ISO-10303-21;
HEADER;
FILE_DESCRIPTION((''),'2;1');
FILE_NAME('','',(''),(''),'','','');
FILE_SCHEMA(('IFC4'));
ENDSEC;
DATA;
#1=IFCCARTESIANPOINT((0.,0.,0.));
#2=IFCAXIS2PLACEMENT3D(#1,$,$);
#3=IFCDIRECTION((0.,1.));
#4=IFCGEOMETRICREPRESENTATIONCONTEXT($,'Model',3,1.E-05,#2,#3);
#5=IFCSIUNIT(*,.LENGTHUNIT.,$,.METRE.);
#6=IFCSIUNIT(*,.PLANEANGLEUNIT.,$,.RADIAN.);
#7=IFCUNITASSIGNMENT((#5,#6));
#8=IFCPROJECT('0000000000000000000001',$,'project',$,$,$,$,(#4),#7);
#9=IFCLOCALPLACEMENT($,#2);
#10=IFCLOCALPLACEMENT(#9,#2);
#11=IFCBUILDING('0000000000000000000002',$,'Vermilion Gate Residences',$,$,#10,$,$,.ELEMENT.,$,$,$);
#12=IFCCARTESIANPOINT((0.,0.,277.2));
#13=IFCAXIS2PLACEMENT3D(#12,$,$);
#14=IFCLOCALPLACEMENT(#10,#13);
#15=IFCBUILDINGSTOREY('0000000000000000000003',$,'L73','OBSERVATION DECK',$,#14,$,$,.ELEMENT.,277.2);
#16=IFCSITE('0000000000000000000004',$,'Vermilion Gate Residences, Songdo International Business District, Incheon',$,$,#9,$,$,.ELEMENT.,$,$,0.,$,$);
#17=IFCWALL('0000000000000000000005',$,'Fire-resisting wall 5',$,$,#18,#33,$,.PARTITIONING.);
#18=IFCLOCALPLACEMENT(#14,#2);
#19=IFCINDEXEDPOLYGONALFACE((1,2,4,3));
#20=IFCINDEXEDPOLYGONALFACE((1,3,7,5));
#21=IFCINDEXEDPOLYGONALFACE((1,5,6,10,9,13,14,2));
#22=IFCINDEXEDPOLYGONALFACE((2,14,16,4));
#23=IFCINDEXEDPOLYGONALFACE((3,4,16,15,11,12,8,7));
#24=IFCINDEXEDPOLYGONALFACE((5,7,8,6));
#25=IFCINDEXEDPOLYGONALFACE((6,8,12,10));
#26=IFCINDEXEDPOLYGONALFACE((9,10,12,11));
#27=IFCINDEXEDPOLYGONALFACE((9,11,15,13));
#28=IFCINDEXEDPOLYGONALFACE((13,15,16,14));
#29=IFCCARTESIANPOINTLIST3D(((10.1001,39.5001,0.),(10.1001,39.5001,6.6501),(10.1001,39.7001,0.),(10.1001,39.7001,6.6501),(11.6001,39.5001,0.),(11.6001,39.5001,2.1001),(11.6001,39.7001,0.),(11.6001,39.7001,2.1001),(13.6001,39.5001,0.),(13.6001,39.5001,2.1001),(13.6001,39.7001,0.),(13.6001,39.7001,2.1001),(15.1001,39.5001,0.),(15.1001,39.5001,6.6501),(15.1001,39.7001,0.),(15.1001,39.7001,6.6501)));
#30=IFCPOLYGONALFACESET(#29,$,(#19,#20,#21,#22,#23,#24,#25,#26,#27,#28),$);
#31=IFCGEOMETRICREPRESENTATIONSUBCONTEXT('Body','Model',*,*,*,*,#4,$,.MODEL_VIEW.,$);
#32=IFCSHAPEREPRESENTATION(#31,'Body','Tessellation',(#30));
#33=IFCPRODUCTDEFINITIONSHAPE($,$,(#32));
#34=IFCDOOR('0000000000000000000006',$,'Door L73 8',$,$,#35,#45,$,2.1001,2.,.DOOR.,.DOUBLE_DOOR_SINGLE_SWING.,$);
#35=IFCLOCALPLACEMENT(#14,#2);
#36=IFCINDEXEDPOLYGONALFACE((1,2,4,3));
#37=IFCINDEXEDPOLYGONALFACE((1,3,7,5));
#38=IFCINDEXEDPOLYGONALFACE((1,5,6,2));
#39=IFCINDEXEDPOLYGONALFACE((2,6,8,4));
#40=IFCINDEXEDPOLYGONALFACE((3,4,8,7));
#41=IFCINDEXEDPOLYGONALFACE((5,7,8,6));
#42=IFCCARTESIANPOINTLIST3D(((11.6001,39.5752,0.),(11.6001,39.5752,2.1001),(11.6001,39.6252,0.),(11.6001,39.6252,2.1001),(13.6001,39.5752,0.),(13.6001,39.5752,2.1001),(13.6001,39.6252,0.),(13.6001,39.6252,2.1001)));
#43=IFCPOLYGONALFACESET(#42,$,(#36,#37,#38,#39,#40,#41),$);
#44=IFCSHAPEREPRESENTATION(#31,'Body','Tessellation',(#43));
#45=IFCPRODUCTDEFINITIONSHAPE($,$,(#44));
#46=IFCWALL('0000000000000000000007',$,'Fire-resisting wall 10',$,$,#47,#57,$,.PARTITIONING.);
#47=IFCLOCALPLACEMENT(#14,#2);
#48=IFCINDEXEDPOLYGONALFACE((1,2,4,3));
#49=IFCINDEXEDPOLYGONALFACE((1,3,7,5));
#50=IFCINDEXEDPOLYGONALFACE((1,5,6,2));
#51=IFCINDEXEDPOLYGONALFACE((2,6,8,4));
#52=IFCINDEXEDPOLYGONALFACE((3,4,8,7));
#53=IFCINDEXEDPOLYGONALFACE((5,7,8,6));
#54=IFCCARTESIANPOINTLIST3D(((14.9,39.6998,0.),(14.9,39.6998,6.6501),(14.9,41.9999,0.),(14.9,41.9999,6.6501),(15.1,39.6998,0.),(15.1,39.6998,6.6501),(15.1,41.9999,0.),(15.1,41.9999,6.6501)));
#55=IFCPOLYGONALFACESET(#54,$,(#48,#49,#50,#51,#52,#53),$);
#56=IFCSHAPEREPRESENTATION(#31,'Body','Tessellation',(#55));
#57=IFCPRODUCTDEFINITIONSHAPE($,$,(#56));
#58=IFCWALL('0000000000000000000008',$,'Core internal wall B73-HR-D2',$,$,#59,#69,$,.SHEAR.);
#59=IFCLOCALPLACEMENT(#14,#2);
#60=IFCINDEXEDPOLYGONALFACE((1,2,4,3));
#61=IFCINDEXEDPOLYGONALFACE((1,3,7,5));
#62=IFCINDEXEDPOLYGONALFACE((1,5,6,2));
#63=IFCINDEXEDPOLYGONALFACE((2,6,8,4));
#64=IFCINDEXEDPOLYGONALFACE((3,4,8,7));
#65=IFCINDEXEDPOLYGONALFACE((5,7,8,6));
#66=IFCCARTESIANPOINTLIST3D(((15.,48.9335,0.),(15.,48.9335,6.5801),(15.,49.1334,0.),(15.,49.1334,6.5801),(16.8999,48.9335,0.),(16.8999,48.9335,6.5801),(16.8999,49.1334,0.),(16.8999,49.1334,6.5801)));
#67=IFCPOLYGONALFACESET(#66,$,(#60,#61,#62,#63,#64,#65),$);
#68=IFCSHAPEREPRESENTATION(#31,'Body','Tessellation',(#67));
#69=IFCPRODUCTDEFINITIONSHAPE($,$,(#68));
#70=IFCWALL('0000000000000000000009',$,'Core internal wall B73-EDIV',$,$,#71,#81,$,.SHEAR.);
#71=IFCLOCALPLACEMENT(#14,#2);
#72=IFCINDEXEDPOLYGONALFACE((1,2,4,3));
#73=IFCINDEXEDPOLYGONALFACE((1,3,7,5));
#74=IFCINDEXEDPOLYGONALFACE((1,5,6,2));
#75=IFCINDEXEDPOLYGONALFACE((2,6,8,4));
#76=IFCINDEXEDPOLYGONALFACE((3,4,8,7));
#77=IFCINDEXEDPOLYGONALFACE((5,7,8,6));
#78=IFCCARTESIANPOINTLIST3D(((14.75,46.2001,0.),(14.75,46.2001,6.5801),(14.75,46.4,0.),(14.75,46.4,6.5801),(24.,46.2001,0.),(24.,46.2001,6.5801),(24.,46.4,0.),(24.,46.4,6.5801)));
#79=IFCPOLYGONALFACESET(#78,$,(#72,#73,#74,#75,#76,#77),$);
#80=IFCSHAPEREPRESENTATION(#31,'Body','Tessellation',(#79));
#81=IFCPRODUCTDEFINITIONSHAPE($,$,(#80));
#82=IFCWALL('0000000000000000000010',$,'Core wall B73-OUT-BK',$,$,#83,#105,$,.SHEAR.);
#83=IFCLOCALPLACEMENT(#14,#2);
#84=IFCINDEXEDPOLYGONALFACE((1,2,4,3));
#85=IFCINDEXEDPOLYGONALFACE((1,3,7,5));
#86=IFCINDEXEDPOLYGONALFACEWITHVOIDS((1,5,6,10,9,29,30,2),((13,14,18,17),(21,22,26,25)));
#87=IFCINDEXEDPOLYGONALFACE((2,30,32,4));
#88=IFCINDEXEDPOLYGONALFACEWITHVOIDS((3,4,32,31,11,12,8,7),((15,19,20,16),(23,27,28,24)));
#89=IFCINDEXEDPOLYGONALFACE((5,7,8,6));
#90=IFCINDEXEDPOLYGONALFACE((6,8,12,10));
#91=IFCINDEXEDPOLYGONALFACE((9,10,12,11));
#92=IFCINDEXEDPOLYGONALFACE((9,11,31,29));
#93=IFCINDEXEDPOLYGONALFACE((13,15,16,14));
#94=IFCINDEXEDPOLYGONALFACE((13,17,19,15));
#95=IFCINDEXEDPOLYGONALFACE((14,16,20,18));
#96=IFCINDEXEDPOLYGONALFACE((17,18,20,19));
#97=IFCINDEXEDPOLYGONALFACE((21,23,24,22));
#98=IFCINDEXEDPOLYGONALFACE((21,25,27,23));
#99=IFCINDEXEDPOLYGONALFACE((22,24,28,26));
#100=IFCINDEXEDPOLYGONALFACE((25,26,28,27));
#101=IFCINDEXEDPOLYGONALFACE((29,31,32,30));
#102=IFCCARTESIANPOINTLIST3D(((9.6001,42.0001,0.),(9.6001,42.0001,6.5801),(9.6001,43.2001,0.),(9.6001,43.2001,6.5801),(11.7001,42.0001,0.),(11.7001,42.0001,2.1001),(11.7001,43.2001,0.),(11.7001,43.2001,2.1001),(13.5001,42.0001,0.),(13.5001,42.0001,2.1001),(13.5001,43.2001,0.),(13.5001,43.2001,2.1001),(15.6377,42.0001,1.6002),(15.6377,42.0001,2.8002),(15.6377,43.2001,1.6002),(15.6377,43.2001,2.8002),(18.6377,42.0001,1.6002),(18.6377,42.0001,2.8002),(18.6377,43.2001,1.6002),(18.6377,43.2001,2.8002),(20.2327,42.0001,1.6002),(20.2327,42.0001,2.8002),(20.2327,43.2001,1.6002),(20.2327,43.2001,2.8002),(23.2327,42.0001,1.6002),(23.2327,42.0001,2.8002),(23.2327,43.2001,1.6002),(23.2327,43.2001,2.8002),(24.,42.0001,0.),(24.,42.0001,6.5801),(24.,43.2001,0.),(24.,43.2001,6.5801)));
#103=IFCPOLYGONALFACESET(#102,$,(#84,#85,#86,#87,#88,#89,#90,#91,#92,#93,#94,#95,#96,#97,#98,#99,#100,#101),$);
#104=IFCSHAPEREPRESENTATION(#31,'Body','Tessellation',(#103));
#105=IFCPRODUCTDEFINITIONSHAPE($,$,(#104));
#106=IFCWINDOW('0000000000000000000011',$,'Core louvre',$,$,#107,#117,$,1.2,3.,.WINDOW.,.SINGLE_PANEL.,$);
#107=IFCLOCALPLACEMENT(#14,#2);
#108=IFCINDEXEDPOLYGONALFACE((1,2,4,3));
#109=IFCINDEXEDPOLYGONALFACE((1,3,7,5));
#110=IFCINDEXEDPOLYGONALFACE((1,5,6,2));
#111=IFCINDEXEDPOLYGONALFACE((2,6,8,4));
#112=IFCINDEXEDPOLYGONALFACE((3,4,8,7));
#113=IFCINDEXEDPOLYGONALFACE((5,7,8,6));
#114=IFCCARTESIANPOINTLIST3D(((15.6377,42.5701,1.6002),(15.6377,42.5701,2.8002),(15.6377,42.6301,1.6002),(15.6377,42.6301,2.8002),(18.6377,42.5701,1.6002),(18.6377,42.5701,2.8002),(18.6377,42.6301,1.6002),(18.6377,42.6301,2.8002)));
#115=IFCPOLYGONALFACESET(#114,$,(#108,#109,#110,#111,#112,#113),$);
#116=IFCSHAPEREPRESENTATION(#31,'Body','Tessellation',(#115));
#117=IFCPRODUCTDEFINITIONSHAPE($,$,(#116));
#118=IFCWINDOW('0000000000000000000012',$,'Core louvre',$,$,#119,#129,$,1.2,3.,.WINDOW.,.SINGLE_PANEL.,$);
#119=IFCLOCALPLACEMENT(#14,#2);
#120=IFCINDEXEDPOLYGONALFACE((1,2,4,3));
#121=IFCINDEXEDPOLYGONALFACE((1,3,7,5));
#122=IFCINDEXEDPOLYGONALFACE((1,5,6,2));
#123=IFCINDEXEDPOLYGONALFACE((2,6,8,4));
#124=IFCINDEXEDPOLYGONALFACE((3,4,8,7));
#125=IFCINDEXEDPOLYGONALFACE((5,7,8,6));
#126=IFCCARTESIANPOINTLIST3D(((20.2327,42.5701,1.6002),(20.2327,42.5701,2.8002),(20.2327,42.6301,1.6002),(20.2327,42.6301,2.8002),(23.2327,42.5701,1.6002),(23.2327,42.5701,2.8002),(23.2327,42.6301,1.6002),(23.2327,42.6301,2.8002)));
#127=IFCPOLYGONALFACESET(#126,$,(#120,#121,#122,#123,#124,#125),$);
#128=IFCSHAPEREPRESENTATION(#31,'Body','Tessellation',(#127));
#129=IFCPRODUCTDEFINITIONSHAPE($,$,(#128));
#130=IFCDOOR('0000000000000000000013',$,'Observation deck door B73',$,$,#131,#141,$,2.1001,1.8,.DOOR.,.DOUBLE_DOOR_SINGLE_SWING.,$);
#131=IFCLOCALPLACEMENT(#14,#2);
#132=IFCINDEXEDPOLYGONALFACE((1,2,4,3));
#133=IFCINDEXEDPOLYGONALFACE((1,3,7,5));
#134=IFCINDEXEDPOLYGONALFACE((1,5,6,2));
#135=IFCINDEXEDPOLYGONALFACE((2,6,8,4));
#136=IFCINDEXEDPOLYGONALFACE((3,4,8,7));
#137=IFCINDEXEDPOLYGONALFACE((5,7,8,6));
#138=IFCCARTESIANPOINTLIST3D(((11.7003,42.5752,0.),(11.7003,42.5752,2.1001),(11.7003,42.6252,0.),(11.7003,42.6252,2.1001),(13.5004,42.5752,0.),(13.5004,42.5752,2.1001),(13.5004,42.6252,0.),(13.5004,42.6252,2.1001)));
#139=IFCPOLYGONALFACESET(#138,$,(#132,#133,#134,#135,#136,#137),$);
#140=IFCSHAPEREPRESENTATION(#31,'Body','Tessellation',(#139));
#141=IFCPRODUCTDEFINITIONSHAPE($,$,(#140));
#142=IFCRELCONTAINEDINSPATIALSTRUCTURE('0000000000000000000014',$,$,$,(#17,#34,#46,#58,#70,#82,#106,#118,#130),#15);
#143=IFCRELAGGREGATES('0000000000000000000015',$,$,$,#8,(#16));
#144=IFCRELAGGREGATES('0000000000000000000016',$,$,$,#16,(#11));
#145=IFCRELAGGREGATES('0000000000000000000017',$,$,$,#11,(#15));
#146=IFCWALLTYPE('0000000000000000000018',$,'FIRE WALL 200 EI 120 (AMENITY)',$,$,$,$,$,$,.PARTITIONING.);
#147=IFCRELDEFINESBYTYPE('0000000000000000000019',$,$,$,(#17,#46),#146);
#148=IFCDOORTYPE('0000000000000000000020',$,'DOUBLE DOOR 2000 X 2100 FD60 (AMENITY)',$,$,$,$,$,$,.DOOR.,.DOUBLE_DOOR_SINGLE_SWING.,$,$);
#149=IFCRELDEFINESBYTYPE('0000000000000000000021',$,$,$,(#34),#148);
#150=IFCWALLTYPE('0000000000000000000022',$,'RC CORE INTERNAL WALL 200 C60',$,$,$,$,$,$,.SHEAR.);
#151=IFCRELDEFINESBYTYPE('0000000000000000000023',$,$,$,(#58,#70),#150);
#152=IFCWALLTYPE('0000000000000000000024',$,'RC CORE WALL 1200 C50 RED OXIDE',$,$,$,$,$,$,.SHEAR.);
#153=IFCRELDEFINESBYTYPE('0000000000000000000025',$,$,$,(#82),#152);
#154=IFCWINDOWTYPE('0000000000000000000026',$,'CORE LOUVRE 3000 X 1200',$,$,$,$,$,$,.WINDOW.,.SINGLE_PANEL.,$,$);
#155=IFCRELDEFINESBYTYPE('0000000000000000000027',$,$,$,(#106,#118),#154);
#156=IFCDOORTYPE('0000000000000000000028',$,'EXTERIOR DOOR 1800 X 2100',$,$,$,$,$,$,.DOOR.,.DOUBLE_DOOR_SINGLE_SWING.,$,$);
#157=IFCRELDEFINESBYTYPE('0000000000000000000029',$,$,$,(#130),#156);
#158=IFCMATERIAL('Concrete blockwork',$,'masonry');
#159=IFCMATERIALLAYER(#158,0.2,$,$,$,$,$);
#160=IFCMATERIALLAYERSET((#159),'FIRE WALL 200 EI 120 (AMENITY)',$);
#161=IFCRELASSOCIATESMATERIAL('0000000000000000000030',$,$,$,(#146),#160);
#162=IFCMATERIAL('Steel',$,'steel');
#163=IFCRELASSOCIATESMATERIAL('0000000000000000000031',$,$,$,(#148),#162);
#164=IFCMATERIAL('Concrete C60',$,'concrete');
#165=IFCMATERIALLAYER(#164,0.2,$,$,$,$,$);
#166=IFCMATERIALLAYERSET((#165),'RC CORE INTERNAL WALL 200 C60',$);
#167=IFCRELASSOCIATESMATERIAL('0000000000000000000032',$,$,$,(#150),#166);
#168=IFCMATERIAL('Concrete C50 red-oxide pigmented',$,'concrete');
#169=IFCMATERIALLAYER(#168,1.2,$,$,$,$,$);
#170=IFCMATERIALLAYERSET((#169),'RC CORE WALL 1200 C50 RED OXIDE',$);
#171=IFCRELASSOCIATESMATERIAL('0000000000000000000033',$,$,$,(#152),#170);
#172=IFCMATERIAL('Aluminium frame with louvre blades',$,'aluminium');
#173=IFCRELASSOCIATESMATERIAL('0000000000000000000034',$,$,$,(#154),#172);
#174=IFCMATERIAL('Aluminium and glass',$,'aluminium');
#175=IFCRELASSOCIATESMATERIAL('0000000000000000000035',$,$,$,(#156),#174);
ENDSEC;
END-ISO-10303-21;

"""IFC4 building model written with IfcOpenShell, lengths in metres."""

from ifc_helpers import new_model, si_unit, direction, frame, frame_2d, origin, place, context, subcontext, project, spatial, rectangle, extrude, material, layer, layer_set, type_object, element, fill, save


model = new_model("IFC4")

# Units and contexts
model_context = context("Model", 3, precision=1e-05, world=origin(), true_north=direction((0.0, 1.0)))
body_context = subcontext(model_context, "Body", "Model", "MODEL_VIEW")
ifc_project = project(units=[si_unit("LENGTHUNIT", "METRE"), si_unit("PLANEANGLEUNIT", "RADIAN")], contexts=[model_context])

# Site, building, storey
site_placement = place(None, origin())
site = spatial("IfcSite", under=ifc_project, at=site_placement, Name="Vermilion Gate Residences, Songdo International Business District, Incheon", CompositionType="ELEMENT", RefElevation=0.0)
building_placement = place(site_placement, origin())
building = spatial("IfcBuilding", under=site, at=building_placement, Name="Vermilion Gate Residences", CompositionType="ELEMENT")
storey_placement = place(building_placement, frame((0.0, 0.0, 277.2)))
storey = spatial("IfcBuildingStorey", under=building, at=storey_placement, Name="L73", Description="OBSERVATION DECK", CompositionType="ELEMENT", Elevation=277.2)

# Shared definitions
ifc_material_1 = material(Name="Concrete blockwork", Category="masonry")
ifc_layer_1 = layer(ifc_material_1, 0.2)
ifc_layer_set_1 = layer_set([ifc_layer_1], Name="FIRE WALL 200 EI 120 (AMENITY)")
wall_type_1 = type_object("IfcWallType", Name="FIRE WALL 200 EI 120 (AMENITY)", PredefinedType="PARTITIONING", material=ifc_layer_set_1)

# Wall, opening, door
wall_1_placement = place(storey_placement, frame((10.1001, 39.6001, 0.0), z_axis=(0.0, 0.0, 1.0), x_axis=(1.0, 0.0, 0.0)))
wall_1 = element("IfcWall", 1, at=wall_1_placement, inside=storey, type_object=wall_type_1, Name="Fire-resisting wall 5", PredefinedType="PARTITIONING", context=body_context, shape_type="SweptSolid", body=[
    extrude(rectangle(XDim=5.0, YDim=0.2, at=frame_2d((2.5, 0.0))), origin(), (0.0, 0.0, 1.0), 6.6501),
])
opening_1_placement = place(wall_1_placement, frame((1.5, 0.0, 0.0)))
opening_1 = element("IfcOpeningElement", 2, at=opening_1_placement, cuts=wall_1, PredefinedType="OPENING", context=body_context, shape_type="SweptSolid", body=[
    extrude(rectangle(XDim=2.0, YDim=2.1001, at=frame_2d((1.0, 1.05))), frame((0.0, 0.1099, 0.0), z_axis=(0.0, -1.0, 0.0), x_axis=(1.0, 0.0, 0.0)), (0.0, 0.0, 1.0), 0.22),
])
ifc_material_2 = material(Name="Steel", Category="steel")
door_type_1 = type_object("IfcDoorType", Name="DOUBLE DOOR 2000 X 2100 FD60 (AMENITY)", OperationType="DOUBLE_DOOR_SINGLE_SWING", PredefinedType="DOOR", material=ifc_material_2)
door_1_placement = place(opening_1_placement, frame((2.0, 0.0, 0.0), z_axis=(0.0, 0.0, 1.0), x_axis=(-1.0, 0.0, 0.0)))
door_1 = element("IfcDoor", 3, at=door_1_placement, inside=storey, type_object=door_type_1, Name="Door L73 8", OperationType="DOUBLE_DOOR_SINGLE_SWING", OverallHeight=2.1001, OverallWidth=2.0, PredefinedType="DOOR", context=body_context, shape_type="SweptSolid", body=[
    extrude(rectangle(XDim=2.0, YDim=2.1001, at=frame_2d((1.0, 1.05))), frame((0.0, 0.0249, 0.0), z_axis=(0.0, -1.0, 0.0), x_axis=(1.0, 0.0, 0.0)), (0.0, 0.0, 1.0), 0.05),
])
fill(opening_1, door_1)

# Walls
wall_2_placement = place(storey_placement, frame((15.0, 39.7, 0.0), z_axis=(0.0, 0.0, 1.0), x_axis=(0.0, 1.0, 0.0)))
element("IfcWall", 4, at=wall_2_placement, inside=storey, type_object=wall_type_1, Name="Fire-resisting wall 10", PredefinedType="PARTITIONING", context=body_context, shape_type="SweptSolid", body=[
    extrude(rectangle(XDim=2.3, YDim=0.2, at=frame_2d((1.1499, 0.0))), origin(), (0.0, 0.0, 1.0), 6.6501),
])
ifc_material_3 = material(Name="Concrete C60", Category="concrete")
ifc_layer_2 = layer(ifc_material_3, 0.2)
ifc_layer_set_2 = layer_set([ifc_layer_2], Name="RC CORE INTERNAL WALL 200 C60")
wall_type_2 = type_object("IfcWallType", Name="RC CORE INTERNAL WALL 200 C60", PredefinedType="SHEAR", material=ifc_layer_set_2)
wall_3_placement = place(storey_placement, frame((15.0, 49.0334, 0.0), z_axis=(0.0, 0.0, 1.0), x_axis=(1.0, 0.0, 0.0)))
element("IfcWall", 5, at=wall_3_placement, inside=storey, type_object=wall_type_2, Name="Core internal wall B73-HR-D2", PredefinedType="SHEAR", context=body_context, shape_type="SweptSolid", body=[
    extrude(rectangle(XDim=1.8999, YDim=0.2, at=frame_2d((0.95, 0.0))), origin(), (0.0, 0.0, 1.0), 6.5801),
])
wall_4_placement = place(storey_placement, frame((14.75, 46.3, 0.0), z_axis=(0.0, 0.0, 1.0), x_axis=(1.0, 0.0, 0.0)))
element("IfcWall", 6, at=wall_4_placement, inside=storey, type_object=wall_type_2, Name="Core internal wall B73-EDIV", PredefinedType="SHEAR", context=body_context, shape_type="SweptSolid", body=[
    extrude(rectangle(XDim=9.25, YDim=0.2, at=frame_2d((4.625, 0.0))), origin(), (0.0, 0.0, 1.0), 6.5801),
])

# Wall, openings, windows, door
ifc_material_4 = material(Name="Concrete C50 red-oxide pigmented", Category="concrete")
ifc_layer_3 = layer(ifc_material_4, 1.2)
ifc_layer_set_3 = layer_set([ifc_layer_3], Name="RC CORE WALL 1200 C50 RED OXIDE")
wall_type_3 = type_object("IfcWallType", Name="RC CORE WALL 1200 C50 RED OXIDE", PredefinedType="SHEAR", material=ifc_layer_set_3)
wall_5_placement = place(storey_placement, frame((9.6001, 42.6001, 0.0), z_axis=(0.0, 0.0, 1.0), x_axis=(1.0, 0.0, 0.0)))
wall_5 = element("IfcWall", 7, at=wall_5_placement, inside=storey, type_object=wall_type_3, Name="Core wall B73-OUT-BK", PredefinedType="SHEAR", context=body_context, shape_type="SweptSolid", body=[
    extrude(rectangle(XDim=14.3999, YDim=1.2, at=frame_2d((7.2, 0.0))), origin(), (0.0, 0.0, 1.0), 6.5801),
])
opening_2_placement = place(wall_5_placement, frame((2.1001, 0.0, 0.0)))
opening_2 = element("IfcOpeningElement", 8, at=opening_2_placement, cuts=wall_5, PredefinedType="OPENING", context=body_context, shape_type="SweptSolid", body=[
    extrude(rectangle(XDim=1.8, YDim=2.1001, at=frame_2d((0.8999, 1.05))), frame((0.0, 0.6099, 0.0), z_axis=(0.0, -1.0, 0.0), x_axis=(1.0, 0.0, 0.0)), (0.0, 0.0, 1.0), 1.22),
])
opening_3_placement = place(wall_5_placement, frame((6.0376, 0.0, 1.6001)))
opening_3 = element("IfcOpeningElement", 9, at=opening_3_placement, cuts=wall_5, PredefinedType="OPENING", context=body_context, shape_type="SweptSolid", body=[
    extrude(rectangle(XDim=3.0, YDim=1.2, at=frame_2d((1.5, 0.6001))), frame((0.0, 0.6099, 0.0), z_axis=(0.0, -1.0, 0.0), x_axis=(1.0, 0.0, 0.0)), (0.0, 0.0, 1.0), 1.22),
])
opening_4_placement = place(wall_5_placement, frame((10.6326, 0.0, 1.6001)))
opening_4 = element("IfcOpeningElement", 10, at=opening_4_placement, cuts=wall_5, PredefinedType="OPENING", context=body_context, shape_type="SweptSolid", body=[
    extrude(rectangle(XDim=3.0, YDim=1.2, at=frame_2d((1.5, 0.6001))), frame((0.0, 0.6099, 0.0), z_axis=(0.0, -1.0, 0.0), x_axis=(1.0, 0.0, 0.0)), (0.0, 0.0, 1.0), 1.22),
])
ifc_material_5 = material(Name="Aluminium frame with louvre blades", Category="aluminium")
window_type = type_object("IfcWindowType", Name="CORE LOUVRE 3000 X 1200", PartitioningType="SINGLE_PANEL", PredefinedType="WINDOW", material=ifc_material_5)
window_1_placement = place(opening_3_placement, origin())
window_1 = element("IfcWindow", 11, at=window_1_placement, inside=storey, type_object=window_type, Name="Core louvre", OverallHeight=1.2, OverallWidth=3.0, PartitioningType="SINGLE_PANEL", PredefinedType="WINDOW", context=body_context, shape_type="SweptSolid", body=[
    extrude(rectangle(XDim=3.0, YDim=1.2, at=frame_2d((1.5, 0.6001))), frame((0.0, 0.03, 0.0), z_axis=(0.0, -1.0, 0.0), x_axis=(1.0, 0.0, 0.0)), (0.0, 0.0, 1.0), 0.0601),
])
fill(opening_3, window_1)
window_2_placement = place(opening_4_placement, origin())
window_2 = element("IfcWindow", 12, at=window_2_placement, inside=storey, type_object=window_type, Name="Core louvre", OverallHeight=1.2, OverallWidth=3.0, PartitioningType="SINGLE_PANEL", PredefinedType="WINDOW", context=body_context, shape_type="SweptSolid", body=[
    extrude(rectangle(XDim=3.0, YDim=1.2, at=frame_2d((1.5, 0.6001))), frame((0.0, 0.03, 0.0), z_axis=(0.0, -1.0, 0.0), x_axis=(1.0, 0.0, 0.0)), (0.0, 0.0, 1.0), 0.0601),
])
fill(opening_4, window_2)
ifc_material_6 = material(Name="Aluminium and glass", Category="aluminium")
door_type_2 = type_object("IfcDoorType", Name="EXTERIOR DOOR 1800 X 2100", OperationType="DOUBLE_DOOR_SINGLE_SWING", PredefinedType="DOOR", material=ifc_material_6)
door_2_placement = place(opening_2_placement, frame((1.8, 0.0, 0.0), z_axis=(0.0, 0.0, 1.0), x_axis=(-1.0, 0.0, 0.0)))
door_2 = element("IfcDoor", 13, at=door_2_placement, inside=storey, type_object=door_type_2, Name="Observation deck door B73", OperationType="DOUBLE_DOOR_SINGLE_SWING", OverallHeight=2.1001, OverallWidth=1.8, PredefinedType="DOOR", context=body_context, shape_type="SweptSolid", body=[
    extrude(rectangle(XDim=1.8, YDim=2.1001, at=frame_2d((0.8999, 1.05))), frame((0.0, 0.0249, 0.0), z_axis=(0.0, -1.0, 0.0), x_axis=(1.0, 0.0, 0.0)), (0.0, 0.0, 1.0), 0.05),
])
fill(opening_2, door_2)

save(model, "model.ifc")
